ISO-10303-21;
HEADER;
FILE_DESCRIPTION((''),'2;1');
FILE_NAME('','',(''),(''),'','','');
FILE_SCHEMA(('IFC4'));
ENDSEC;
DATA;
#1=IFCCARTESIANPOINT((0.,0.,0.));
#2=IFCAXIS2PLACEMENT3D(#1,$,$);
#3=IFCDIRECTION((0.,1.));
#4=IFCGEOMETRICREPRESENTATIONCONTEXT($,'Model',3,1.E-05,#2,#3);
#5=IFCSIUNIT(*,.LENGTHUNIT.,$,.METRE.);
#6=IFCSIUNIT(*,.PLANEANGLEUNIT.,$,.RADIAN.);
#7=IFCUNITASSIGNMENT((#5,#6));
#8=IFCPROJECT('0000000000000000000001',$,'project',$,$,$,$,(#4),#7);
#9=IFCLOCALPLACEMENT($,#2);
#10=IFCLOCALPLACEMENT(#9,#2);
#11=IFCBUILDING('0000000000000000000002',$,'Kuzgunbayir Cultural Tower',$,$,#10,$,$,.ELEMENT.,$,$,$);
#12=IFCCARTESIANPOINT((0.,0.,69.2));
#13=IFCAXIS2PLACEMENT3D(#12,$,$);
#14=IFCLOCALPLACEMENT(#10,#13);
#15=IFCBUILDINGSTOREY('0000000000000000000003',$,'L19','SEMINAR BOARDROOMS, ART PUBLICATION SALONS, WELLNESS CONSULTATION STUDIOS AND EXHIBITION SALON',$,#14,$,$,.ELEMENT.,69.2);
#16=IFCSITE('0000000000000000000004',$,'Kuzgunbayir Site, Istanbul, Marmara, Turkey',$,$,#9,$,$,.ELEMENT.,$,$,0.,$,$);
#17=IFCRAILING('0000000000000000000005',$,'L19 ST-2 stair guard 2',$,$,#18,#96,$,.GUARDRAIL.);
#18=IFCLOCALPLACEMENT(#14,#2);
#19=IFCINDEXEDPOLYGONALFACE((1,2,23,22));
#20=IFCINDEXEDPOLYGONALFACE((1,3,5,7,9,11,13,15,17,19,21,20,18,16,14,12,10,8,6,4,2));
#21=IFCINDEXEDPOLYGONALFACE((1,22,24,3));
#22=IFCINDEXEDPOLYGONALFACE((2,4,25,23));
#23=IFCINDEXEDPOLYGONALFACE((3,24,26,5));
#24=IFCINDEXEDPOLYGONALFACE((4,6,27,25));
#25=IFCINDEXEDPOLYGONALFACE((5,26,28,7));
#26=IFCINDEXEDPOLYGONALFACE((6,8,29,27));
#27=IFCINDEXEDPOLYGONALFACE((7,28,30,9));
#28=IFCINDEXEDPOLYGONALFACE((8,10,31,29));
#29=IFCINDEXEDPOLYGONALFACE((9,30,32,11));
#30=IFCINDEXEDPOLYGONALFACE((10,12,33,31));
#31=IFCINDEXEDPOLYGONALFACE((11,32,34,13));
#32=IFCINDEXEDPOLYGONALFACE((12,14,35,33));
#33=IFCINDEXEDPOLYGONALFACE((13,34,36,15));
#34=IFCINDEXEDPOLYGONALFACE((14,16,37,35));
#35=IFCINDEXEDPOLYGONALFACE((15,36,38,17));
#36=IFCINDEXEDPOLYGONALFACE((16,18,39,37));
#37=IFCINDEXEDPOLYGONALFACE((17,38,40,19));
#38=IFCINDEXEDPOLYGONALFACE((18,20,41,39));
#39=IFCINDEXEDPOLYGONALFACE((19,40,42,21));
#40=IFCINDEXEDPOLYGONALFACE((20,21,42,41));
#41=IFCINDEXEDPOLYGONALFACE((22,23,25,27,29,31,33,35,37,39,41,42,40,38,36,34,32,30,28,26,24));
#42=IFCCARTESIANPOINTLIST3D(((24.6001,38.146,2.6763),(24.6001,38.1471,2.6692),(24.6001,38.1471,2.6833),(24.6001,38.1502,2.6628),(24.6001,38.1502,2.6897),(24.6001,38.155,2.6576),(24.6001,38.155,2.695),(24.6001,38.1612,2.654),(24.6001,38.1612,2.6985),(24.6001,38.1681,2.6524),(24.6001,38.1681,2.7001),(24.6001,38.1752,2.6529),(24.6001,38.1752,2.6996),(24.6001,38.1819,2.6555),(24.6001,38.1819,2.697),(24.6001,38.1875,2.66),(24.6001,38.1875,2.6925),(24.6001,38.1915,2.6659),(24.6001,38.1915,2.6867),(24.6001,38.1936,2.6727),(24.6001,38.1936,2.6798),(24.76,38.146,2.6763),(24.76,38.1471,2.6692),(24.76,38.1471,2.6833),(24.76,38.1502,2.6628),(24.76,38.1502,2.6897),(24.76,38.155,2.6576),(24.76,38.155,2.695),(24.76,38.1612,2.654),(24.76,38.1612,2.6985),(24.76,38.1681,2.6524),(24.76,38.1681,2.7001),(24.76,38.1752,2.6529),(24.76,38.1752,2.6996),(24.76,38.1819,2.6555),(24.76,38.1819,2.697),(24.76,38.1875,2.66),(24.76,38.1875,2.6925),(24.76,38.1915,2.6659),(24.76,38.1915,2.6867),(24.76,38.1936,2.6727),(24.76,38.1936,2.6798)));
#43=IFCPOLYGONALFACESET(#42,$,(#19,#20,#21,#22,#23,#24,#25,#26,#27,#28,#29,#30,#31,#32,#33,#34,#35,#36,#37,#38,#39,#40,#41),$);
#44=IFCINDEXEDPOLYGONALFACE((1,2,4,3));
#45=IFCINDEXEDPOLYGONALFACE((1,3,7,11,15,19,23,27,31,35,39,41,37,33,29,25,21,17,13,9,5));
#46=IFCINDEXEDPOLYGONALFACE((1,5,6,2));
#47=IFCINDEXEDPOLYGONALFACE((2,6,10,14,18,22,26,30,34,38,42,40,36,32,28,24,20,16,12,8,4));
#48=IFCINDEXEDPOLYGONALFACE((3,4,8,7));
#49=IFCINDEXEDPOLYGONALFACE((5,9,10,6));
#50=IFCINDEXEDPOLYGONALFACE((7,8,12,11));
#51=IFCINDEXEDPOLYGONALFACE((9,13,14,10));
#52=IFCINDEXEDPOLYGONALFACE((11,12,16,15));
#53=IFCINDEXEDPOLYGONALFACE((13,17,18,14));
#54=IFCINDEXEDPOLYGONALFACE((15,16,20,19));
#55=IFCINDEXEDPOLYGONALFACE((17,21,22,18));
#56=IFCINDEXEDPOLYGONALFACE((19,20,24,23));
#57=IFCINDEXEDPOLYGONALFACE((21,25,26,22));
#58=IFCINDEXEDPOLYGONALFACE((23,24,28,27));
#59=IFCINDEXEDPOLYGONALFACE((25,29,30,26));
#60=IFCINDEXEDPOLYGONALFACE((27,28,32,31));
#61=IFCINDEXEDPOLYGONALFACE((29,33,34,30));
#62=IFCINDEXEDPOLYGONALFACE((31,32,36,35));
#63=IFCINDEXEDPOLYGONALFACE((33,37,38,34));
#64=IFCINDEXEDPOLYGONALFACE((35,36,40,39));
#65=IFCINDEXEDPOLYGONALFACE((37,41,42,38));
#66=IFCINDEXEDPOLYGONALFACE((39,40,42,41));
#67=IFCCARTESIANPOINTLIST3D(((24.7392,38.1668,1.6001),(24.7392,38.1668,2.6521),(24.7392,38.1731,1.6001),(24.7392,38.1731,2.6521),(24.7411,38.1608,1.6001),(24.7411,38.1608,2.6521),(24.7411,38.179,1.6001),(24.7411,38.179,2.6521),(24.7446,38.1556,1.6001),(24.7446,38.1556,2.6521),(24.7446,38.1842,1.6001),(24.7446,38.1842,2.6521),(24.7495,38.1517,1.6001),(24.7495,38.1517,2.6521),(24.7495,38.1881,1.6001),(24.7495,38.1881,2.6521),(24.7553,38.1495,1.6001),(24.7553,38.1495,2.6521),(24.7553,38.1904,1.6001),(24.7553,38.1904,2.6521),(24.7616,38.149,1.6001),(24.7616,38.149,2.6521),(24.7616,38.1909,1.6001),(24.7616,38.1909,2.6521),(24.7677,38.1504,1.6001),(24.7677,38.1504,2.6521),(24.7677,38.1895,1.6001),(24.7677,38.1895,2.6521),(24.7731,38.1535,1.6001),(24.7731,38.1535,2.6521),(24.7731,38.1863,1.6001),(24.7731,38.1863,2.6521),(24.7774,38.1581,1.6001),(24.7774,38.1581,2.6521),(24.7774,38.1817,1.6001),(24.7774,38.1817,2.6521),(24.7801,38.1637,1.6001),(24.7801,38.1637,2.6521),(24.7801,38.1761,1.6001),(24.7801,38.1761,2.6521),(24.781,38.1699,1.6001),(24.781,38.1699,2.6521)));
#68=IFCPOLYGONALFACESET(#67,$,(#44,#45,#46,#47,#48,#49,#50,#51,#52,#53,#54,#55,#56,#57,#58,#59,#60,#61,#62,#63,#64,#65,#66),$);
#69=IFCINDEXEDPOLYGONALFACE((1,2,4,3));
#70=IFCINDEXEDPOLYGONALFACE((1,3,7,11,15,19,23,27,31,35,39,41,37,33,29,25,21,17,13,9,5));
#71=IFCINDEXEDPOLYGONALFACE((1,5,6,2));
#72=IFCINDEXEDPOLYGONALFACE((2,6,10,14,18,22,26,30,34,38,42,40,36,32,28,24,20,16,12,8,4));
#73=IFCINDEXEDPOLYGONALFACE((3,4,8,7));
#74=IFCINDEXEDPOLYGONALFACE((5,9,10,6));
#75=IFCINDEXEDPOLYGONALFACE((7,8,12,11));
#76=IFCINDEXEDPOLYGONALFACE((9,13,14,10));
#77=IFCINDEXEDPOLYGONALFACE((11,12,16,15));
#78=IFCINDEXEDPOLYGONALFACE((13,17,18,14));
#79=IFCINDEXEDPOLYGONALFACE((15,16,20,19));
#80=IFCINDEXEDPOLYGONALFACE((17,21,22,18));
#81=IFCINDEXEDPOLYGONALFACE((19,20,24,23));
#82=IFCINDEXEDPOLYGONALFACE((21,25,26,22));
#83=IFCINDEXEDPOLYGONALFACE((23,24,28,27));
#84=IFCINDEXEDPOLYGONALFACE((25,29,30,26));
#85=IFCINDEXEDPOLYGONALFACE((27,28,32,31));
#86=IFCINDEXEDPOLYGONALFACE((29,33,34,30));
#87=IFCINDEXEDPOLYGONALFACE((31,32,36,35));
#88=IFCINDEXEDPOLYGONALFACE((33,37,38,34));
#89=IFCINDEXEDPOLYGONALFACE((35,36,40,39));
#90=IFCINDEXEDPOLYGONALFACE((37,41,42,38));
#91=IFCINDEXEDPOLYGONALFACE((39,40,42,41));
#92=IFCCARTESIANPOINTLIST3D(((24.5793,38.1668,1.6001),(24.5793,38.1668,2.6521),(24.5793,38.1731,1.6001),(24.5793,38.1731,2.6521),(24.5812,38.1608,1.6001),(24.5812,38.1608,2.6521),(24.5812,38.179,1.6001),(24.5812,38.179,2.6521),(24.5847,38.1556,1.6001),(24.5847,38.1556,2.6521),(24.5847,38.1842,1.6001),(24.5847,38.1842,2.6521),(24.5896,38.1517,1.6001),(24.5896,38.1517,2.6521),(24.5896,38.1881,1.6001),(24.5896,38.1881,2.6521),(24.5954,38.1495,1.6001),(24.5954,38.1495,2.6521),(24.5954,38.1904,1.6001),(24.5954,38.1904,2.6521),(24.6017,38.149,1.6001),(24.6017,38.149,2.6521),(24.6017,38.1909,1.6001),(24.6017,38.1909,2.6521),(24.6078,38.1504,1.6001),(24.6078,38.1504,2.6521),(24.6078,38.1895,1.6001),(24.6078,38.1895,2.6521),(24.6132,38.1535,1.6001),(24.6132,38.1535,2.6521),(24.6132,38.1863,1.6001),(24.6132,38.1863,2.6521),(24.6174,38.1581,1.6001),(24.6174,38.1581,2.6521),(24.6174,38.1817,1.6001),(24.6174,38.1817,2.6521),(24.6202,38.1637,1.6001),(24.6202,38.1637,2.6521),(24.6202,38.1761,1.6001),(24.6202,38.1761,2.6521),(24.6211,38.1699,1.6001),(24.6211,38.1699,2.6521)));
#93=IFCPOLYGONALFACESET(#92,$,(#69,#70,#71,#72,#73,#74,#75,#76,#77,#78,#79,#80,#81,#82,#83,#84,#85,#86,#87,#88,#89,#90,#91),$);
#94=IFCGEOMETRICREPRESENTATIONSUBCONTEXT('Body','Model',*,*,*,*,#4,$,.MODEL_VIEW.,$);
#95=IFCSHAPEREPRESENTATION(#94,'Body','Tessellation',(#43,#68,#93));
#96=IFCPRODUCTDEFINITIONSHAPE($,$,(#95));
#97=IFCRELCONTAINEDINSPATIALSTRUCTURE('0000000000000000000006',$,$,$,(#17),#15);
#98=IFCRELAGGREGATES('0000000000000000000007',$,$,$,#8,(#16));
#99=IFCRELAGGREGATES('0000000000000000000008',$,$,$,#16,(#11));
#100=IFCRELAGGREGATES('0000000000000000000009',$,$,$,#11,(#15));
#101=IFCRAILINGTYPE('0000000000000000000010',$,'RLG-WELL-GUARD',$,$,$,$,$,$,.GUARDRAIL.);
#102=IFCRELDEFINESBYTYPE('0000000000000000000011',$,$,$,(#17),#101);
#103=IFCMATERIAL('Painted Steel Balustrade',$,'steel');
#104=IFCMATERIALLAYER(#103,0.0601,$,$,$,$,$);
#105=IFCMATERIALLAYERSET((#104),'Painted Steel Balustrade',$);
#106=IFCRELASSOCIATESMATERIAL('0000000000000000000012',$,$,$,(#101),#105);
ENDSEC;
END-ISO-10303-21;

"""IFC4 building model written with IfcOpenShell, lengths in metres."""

from ifc_helpers import new_model, si_unit, direction, frame, origin, origin_2d, place, context, subcontext, project, spatial, circle, extrude, material, layer, layer_set, type_object, element, save


model = new_model("IFC4")

# Units and contexts
model_context = context("Model", 3, precision=1e-05, world=origin(), true_north=direction((0.0, 1.0)))
body_context = subcontext(model_context, "Body", "Model", "MODEL_VIEW")
ifc_project = project(units=[si_unit("LENGTHUNIT", "METRE"), si_unit("PLANEANGLEUNIT", "RADIAN")], contexts=[model_context])

# Site, building, storey
site_placement = place(None, origin())
site = spatial("IfcSite", under=ifc_project, at=site_placement, Name="Kuzgunbayir Site, Istanbul, Marmara, Turkey", CompositionType="ELEMENT", RefElevation=0.0)
building_placement = place(site_placement, origin())
building = spatial("IfcBuilding", under=site, at=building_placement, Name="Kuzgunbayir Cultural Tower", CompositionType="ELEMENT")
storey_placement = place(building_placement, frame((0.0, 0.0, 69.2)))
storey = spatial("IfcBuildingStorey", under=building, at=storey_placement, Name="L19", Description="SEMINAR BOARDROOMS, ART PUBLICATION SALONS, WELLNESS CONSULTATION STUDIOS AND EXHIBITION SALON", CompositionType="ELEMENT", Elevation=69.2)

# Railing
ifc_material_1 = material(Name="Painted Steel Balustrade", Category="steel")
ifc_layer_1 = layer(ifc_material_1, 0.0601)
ifc_layer_set_1 = layer_set([ifc_layer_1], Name="Painted Steel Balustrade")
railing_type_1 = type_object("IfcRailingType", Name="RLG-WELL-GUARD", PredefinedType="GUARDRAIL", material=ifc_layer_set_1)
railing_1_placement = place(storey_placement, frame((24.76, 38.1699, 1.6001)))
element("IfcRailing", 1, at=railing_1_placement, inside=storey, type_object=railing_type_1, Name="L19 ST-2 stair guard 2", PredefinedType="GUARDRAIL", context=body_context, shape_type="SweptSolid", body=[
    extrude(circle(Radius=0.0239, at=origin_2d()), frame((0.0, 0.0, 1.0762), z_axis=(-1.0, 0.0, 0.0), x_axis=(0.0, -1.0, 0.0)), (0.0, 0.0, 1.0), 0.1599),
    extrude(circle(Radius=0.021, at=origin_2d()), origin(), (0.0, 0.0, 1.0), 1.052),
    extrude(circle(Radius=0.021, at=origin_2d()), frame((-0.1599, 0.0, 0.0)), (0.0, 0.0, 1.0), 1.052),
])

save(model, "model.ifc")
